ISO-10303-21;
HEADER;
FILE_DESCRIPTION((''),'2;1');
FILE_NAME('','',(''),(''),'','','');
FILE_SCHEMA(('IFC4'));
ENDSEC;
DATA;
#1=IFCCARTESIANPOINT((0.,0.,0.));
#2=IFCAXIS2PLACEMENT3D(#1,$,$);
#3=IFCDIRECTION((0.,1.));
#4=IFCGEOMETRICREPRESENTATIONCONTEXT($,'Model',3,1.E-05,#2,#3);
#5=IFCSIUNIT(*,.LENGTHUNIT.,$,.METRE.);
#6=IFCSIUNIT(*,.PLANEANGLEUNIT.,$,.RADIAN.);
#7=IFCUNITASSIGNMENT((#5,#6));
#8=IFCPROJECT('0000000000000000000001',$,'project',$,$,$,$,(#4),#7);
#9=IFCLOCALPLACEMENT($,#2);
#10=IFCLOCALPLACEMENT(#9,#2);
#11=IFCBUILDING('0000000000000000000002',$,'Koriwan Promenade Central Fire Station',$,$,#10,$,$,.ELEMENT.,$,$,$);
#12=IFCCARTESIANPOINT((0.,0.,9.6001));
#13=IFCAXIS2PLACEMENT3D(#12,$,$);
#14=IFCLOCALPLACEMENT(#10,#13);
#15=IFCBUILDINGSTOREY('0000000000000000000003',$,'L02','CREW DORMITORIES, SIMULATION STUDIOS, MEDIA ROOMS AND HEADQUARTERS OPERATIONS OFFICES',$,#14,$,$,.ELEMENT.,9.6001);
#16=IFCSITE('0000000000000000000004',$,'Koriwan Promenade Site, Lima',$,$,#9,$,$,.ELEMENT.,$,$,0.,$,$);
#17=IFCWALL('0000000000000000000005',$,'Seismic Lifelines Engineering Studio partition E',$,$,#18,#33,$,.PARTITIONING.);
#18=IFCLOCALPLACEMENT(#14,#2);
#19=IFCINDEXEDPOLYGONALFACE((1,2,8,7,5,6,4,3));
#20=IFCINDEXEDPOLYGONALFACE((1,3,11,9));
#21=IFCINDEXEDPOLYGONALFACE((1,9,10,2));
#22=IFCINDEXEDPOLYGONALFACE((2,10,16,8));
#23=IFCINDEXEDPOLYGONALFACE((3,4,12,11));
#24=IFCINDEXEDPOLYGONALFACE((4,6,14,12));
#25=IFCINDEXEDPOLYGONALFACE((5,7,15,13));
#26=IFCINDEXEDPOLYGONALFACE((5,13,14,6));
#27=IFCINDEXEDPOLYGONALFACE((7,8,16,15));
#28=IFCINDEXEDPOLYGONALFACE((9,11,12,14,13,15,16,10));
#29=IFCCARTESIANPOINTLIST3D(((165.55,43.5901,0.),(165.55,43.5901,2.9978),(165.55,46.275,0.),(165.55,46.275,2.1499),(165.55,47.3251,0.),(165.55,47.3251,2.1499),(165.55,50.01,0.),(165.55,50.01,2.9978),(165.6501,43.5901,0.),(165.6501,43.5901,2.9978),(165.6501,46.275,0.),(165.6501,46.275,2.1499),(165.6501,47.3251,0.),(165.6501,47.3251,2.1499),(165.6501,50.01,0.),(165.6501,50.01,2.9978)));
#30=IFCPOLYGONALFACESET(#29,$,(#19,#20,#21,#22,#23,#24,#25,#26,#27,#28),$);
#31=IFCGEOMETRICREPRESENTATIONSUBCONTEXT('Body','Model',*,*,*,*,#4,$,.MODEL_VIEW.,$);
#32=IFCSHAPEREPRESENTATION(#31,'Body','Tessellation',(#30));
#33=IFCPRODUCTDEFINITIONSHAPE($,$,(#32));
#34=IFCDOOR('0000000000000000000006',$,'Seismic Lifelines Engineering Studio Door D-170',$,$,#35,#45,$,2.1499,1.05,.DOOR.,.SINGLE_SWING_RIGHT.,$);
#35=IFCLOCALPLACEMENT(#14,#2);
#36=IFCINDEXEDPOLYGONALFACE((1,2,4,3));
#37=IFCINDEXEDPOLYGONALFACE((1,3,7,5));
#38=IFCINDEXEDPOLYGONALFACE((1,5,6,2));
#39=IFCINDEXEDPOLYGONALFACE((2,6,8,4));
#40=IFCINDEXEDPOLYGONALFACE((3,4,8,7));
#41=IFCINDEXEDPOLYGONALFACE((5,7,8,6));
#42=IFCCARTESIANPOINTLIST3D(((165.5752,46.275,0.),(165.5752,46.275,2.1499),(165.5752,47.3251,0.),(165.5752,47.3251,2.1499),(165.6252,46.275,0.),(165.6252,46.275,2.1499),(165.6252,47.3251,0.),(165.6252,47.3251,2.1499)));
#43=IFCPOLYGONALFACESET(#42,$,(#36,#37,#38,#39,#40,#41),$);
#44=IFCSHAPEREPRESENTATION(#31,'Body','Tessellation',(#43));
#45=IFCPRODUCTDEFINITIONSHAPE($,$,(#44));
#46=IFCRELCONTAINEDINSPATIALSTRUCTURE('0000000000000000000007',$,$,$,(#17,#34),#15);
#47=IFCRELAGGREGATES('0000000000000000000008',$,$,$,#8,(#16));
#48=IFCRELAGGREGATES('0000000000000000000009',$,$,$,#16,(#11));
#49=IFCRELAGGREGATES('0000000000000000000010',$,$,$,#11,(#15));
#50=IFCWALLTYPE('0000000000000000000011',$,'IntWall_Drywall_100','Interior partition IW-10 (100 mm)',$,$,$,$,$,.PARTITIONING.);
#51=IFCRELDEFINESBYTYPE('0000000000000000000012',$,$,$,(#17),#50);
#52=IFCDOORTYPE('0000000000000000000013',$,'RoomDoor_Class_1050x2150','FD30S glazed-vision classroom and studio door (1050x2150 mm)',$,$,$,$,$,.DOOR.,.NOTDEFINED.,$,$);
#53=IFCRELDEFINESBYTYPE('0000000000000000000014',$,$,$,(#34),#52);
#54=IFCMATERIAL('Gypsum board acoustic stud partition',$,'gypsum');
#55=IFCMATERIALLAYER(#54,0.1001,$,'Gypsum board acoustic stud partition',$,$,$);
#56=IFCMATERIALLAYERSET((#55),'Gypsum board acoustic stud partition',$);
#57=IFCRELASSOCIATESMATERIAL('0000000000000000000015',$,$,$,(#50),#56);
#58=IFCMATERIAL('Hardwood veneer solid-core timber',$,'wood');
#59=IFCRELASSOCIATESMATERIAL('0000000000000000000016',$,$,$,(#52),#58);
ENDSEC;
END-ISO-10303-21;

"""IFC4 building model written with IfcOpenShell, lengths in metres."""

from ifc_helpers import new_model, si_unit, direction, frame, frame_2d, origin, place, context, subcontext, project, spatial, rectangle, extrude, material, layer, layer_set, type_object, element, fill, save


model = new_model("IFC4")

# Units and contexts
model_context = context("Model", 3, precision=1e-05, world=origin(), true_north=direction((0.0, 1.0)))
body_context = subcontext(model_context, "Body", "Model", "MODEL_VIEW")
ifc_project = project(units=[si_unit("LENGTHUNIT", "METRE"), si_unit("PLANEANGLEUNIT", "RADIAN")], contexts=[model_context])

# Site, building, storey
site_placement = place(None, origin())
site = spatial("IfcSite", under=ifc_project, at=site_placement, Name="Koriwan Promenade Site, Lima", CompositionType="ELEMENT", RefElevation=0.0)
building_placement = place(site_placement, origin())
building = spatial("IfcBuilding", under=site, at=building_placement, Name="Koriwan Promenade Central Fire Station", CompositionType="ELEMENT")
storey_placement = place(building_placement, frame((0.0, 0.0, 9.6001)))
storey = spatial("IfcBuildingStorey", under=building, at=storey_placement, Name="L02", Description="CREW DORMITORIES, SIMULATION STUDIOS, MEDIA ROOMS AND HEADQUARTERS OPERATIONS OFFICES", CompositionType="ELEMENT", Elevation=9.6001)

# Wall, opening, door
ifc_material_1 = material(Name="Gypsum board acoustic stud partition", Category="gypsum")
ifc_layer_1 = layer(ifc_material_1, 0.1001, Name="Gypsum board acoustic stud partition")
ifc_layer_set_1 = layer_set([ifc_layer_1], Name="Gypsum board acoustic stud partition")
wall_type = type_object("IfcWallType", Name="IntWall_Drywall_100", Description="Interior partition IW-10 (100 mm)", PredefinedType="PARTITIONING", material=ifc_layer_set_1)
wall_placement = place(storey_placement, frame((165.6001, 43.5901, 0.0), z_axis=(0.0, 0.0, 1.0), x_axis=(0.0, 1.0, 0.0)))
wall = element("IfcWall", 1, at=wall_placement, inside=storey, type_object=wall_type, Name="Seismic Lifelines Engineering Studio partition E", PredefinedType="PARTITIONING", context=body_context, shape_type="SweptSolid", body=[
    extrude(rectangle(XDim=6.4199, YDim=0.1001, at=frame_2d((3.21, 0.0))), origin(), (0.0, 0.0, 1.0), 2.9978),
])
opening_placement = place(wall_placement, frame((2.6851, 0.0, 0.0)))
opening = element("IfcOpeningElement", 2, at=opening_placement, cuts=wall, PredefinedType="OPENING", context=body_context, shape_type="SweptSolid", body=[
    extrude(rectangle(XDim=1.05, YDim=2.1499, at=frame_2d((0.5249, 1.075))), frame((0.0, 0.062, 0.0), z_axis=(0.0, -1.0, 0.0), x_axis=(1.0, 0.0, 0.0)), (0.0, 0.0, 1.0), 0.124),
])
ifc_material_2 = material(Name="Hardwood veneer solid-core timber", Category="wood")
door_type = type_object("IfcDoorType", Name="RoomDoor_Class_1050x2150", Description="FD30S glazed-vision classroom and studio door (1050x2150 mm)", OperationType="NOTDEFINED", PredefinedType="DOOR", material=ifc_material_2)
door_placement = place(opening_placement, origin())
door = element("IfcDoor", 3, at=door_placement, inside=storey, type_object=door_type, Name="Seismic Lifelines Engineering Studio Door D-170", OperationType="SINGLE_SWING_RIGHT", OverallHeight=2.1499, OverallWidth=1.05, PredefinedType="DOOR", context=body_context, shape_type="SweptSolid", body=[
    extrude(rectangle(XDim=1.05, YDim=2.1499, at=frame_2d((0.5249, 1.075))), frame((0.0, 0.0249, 0.0), z_axis=(0.0, -1.0, 0.0), x_axis=(1.0, 0.0, 0.0)), (0.0, 0.0, 1.0), 0.05),
])
fill(opening, door)

save(model, "model.ifc")
